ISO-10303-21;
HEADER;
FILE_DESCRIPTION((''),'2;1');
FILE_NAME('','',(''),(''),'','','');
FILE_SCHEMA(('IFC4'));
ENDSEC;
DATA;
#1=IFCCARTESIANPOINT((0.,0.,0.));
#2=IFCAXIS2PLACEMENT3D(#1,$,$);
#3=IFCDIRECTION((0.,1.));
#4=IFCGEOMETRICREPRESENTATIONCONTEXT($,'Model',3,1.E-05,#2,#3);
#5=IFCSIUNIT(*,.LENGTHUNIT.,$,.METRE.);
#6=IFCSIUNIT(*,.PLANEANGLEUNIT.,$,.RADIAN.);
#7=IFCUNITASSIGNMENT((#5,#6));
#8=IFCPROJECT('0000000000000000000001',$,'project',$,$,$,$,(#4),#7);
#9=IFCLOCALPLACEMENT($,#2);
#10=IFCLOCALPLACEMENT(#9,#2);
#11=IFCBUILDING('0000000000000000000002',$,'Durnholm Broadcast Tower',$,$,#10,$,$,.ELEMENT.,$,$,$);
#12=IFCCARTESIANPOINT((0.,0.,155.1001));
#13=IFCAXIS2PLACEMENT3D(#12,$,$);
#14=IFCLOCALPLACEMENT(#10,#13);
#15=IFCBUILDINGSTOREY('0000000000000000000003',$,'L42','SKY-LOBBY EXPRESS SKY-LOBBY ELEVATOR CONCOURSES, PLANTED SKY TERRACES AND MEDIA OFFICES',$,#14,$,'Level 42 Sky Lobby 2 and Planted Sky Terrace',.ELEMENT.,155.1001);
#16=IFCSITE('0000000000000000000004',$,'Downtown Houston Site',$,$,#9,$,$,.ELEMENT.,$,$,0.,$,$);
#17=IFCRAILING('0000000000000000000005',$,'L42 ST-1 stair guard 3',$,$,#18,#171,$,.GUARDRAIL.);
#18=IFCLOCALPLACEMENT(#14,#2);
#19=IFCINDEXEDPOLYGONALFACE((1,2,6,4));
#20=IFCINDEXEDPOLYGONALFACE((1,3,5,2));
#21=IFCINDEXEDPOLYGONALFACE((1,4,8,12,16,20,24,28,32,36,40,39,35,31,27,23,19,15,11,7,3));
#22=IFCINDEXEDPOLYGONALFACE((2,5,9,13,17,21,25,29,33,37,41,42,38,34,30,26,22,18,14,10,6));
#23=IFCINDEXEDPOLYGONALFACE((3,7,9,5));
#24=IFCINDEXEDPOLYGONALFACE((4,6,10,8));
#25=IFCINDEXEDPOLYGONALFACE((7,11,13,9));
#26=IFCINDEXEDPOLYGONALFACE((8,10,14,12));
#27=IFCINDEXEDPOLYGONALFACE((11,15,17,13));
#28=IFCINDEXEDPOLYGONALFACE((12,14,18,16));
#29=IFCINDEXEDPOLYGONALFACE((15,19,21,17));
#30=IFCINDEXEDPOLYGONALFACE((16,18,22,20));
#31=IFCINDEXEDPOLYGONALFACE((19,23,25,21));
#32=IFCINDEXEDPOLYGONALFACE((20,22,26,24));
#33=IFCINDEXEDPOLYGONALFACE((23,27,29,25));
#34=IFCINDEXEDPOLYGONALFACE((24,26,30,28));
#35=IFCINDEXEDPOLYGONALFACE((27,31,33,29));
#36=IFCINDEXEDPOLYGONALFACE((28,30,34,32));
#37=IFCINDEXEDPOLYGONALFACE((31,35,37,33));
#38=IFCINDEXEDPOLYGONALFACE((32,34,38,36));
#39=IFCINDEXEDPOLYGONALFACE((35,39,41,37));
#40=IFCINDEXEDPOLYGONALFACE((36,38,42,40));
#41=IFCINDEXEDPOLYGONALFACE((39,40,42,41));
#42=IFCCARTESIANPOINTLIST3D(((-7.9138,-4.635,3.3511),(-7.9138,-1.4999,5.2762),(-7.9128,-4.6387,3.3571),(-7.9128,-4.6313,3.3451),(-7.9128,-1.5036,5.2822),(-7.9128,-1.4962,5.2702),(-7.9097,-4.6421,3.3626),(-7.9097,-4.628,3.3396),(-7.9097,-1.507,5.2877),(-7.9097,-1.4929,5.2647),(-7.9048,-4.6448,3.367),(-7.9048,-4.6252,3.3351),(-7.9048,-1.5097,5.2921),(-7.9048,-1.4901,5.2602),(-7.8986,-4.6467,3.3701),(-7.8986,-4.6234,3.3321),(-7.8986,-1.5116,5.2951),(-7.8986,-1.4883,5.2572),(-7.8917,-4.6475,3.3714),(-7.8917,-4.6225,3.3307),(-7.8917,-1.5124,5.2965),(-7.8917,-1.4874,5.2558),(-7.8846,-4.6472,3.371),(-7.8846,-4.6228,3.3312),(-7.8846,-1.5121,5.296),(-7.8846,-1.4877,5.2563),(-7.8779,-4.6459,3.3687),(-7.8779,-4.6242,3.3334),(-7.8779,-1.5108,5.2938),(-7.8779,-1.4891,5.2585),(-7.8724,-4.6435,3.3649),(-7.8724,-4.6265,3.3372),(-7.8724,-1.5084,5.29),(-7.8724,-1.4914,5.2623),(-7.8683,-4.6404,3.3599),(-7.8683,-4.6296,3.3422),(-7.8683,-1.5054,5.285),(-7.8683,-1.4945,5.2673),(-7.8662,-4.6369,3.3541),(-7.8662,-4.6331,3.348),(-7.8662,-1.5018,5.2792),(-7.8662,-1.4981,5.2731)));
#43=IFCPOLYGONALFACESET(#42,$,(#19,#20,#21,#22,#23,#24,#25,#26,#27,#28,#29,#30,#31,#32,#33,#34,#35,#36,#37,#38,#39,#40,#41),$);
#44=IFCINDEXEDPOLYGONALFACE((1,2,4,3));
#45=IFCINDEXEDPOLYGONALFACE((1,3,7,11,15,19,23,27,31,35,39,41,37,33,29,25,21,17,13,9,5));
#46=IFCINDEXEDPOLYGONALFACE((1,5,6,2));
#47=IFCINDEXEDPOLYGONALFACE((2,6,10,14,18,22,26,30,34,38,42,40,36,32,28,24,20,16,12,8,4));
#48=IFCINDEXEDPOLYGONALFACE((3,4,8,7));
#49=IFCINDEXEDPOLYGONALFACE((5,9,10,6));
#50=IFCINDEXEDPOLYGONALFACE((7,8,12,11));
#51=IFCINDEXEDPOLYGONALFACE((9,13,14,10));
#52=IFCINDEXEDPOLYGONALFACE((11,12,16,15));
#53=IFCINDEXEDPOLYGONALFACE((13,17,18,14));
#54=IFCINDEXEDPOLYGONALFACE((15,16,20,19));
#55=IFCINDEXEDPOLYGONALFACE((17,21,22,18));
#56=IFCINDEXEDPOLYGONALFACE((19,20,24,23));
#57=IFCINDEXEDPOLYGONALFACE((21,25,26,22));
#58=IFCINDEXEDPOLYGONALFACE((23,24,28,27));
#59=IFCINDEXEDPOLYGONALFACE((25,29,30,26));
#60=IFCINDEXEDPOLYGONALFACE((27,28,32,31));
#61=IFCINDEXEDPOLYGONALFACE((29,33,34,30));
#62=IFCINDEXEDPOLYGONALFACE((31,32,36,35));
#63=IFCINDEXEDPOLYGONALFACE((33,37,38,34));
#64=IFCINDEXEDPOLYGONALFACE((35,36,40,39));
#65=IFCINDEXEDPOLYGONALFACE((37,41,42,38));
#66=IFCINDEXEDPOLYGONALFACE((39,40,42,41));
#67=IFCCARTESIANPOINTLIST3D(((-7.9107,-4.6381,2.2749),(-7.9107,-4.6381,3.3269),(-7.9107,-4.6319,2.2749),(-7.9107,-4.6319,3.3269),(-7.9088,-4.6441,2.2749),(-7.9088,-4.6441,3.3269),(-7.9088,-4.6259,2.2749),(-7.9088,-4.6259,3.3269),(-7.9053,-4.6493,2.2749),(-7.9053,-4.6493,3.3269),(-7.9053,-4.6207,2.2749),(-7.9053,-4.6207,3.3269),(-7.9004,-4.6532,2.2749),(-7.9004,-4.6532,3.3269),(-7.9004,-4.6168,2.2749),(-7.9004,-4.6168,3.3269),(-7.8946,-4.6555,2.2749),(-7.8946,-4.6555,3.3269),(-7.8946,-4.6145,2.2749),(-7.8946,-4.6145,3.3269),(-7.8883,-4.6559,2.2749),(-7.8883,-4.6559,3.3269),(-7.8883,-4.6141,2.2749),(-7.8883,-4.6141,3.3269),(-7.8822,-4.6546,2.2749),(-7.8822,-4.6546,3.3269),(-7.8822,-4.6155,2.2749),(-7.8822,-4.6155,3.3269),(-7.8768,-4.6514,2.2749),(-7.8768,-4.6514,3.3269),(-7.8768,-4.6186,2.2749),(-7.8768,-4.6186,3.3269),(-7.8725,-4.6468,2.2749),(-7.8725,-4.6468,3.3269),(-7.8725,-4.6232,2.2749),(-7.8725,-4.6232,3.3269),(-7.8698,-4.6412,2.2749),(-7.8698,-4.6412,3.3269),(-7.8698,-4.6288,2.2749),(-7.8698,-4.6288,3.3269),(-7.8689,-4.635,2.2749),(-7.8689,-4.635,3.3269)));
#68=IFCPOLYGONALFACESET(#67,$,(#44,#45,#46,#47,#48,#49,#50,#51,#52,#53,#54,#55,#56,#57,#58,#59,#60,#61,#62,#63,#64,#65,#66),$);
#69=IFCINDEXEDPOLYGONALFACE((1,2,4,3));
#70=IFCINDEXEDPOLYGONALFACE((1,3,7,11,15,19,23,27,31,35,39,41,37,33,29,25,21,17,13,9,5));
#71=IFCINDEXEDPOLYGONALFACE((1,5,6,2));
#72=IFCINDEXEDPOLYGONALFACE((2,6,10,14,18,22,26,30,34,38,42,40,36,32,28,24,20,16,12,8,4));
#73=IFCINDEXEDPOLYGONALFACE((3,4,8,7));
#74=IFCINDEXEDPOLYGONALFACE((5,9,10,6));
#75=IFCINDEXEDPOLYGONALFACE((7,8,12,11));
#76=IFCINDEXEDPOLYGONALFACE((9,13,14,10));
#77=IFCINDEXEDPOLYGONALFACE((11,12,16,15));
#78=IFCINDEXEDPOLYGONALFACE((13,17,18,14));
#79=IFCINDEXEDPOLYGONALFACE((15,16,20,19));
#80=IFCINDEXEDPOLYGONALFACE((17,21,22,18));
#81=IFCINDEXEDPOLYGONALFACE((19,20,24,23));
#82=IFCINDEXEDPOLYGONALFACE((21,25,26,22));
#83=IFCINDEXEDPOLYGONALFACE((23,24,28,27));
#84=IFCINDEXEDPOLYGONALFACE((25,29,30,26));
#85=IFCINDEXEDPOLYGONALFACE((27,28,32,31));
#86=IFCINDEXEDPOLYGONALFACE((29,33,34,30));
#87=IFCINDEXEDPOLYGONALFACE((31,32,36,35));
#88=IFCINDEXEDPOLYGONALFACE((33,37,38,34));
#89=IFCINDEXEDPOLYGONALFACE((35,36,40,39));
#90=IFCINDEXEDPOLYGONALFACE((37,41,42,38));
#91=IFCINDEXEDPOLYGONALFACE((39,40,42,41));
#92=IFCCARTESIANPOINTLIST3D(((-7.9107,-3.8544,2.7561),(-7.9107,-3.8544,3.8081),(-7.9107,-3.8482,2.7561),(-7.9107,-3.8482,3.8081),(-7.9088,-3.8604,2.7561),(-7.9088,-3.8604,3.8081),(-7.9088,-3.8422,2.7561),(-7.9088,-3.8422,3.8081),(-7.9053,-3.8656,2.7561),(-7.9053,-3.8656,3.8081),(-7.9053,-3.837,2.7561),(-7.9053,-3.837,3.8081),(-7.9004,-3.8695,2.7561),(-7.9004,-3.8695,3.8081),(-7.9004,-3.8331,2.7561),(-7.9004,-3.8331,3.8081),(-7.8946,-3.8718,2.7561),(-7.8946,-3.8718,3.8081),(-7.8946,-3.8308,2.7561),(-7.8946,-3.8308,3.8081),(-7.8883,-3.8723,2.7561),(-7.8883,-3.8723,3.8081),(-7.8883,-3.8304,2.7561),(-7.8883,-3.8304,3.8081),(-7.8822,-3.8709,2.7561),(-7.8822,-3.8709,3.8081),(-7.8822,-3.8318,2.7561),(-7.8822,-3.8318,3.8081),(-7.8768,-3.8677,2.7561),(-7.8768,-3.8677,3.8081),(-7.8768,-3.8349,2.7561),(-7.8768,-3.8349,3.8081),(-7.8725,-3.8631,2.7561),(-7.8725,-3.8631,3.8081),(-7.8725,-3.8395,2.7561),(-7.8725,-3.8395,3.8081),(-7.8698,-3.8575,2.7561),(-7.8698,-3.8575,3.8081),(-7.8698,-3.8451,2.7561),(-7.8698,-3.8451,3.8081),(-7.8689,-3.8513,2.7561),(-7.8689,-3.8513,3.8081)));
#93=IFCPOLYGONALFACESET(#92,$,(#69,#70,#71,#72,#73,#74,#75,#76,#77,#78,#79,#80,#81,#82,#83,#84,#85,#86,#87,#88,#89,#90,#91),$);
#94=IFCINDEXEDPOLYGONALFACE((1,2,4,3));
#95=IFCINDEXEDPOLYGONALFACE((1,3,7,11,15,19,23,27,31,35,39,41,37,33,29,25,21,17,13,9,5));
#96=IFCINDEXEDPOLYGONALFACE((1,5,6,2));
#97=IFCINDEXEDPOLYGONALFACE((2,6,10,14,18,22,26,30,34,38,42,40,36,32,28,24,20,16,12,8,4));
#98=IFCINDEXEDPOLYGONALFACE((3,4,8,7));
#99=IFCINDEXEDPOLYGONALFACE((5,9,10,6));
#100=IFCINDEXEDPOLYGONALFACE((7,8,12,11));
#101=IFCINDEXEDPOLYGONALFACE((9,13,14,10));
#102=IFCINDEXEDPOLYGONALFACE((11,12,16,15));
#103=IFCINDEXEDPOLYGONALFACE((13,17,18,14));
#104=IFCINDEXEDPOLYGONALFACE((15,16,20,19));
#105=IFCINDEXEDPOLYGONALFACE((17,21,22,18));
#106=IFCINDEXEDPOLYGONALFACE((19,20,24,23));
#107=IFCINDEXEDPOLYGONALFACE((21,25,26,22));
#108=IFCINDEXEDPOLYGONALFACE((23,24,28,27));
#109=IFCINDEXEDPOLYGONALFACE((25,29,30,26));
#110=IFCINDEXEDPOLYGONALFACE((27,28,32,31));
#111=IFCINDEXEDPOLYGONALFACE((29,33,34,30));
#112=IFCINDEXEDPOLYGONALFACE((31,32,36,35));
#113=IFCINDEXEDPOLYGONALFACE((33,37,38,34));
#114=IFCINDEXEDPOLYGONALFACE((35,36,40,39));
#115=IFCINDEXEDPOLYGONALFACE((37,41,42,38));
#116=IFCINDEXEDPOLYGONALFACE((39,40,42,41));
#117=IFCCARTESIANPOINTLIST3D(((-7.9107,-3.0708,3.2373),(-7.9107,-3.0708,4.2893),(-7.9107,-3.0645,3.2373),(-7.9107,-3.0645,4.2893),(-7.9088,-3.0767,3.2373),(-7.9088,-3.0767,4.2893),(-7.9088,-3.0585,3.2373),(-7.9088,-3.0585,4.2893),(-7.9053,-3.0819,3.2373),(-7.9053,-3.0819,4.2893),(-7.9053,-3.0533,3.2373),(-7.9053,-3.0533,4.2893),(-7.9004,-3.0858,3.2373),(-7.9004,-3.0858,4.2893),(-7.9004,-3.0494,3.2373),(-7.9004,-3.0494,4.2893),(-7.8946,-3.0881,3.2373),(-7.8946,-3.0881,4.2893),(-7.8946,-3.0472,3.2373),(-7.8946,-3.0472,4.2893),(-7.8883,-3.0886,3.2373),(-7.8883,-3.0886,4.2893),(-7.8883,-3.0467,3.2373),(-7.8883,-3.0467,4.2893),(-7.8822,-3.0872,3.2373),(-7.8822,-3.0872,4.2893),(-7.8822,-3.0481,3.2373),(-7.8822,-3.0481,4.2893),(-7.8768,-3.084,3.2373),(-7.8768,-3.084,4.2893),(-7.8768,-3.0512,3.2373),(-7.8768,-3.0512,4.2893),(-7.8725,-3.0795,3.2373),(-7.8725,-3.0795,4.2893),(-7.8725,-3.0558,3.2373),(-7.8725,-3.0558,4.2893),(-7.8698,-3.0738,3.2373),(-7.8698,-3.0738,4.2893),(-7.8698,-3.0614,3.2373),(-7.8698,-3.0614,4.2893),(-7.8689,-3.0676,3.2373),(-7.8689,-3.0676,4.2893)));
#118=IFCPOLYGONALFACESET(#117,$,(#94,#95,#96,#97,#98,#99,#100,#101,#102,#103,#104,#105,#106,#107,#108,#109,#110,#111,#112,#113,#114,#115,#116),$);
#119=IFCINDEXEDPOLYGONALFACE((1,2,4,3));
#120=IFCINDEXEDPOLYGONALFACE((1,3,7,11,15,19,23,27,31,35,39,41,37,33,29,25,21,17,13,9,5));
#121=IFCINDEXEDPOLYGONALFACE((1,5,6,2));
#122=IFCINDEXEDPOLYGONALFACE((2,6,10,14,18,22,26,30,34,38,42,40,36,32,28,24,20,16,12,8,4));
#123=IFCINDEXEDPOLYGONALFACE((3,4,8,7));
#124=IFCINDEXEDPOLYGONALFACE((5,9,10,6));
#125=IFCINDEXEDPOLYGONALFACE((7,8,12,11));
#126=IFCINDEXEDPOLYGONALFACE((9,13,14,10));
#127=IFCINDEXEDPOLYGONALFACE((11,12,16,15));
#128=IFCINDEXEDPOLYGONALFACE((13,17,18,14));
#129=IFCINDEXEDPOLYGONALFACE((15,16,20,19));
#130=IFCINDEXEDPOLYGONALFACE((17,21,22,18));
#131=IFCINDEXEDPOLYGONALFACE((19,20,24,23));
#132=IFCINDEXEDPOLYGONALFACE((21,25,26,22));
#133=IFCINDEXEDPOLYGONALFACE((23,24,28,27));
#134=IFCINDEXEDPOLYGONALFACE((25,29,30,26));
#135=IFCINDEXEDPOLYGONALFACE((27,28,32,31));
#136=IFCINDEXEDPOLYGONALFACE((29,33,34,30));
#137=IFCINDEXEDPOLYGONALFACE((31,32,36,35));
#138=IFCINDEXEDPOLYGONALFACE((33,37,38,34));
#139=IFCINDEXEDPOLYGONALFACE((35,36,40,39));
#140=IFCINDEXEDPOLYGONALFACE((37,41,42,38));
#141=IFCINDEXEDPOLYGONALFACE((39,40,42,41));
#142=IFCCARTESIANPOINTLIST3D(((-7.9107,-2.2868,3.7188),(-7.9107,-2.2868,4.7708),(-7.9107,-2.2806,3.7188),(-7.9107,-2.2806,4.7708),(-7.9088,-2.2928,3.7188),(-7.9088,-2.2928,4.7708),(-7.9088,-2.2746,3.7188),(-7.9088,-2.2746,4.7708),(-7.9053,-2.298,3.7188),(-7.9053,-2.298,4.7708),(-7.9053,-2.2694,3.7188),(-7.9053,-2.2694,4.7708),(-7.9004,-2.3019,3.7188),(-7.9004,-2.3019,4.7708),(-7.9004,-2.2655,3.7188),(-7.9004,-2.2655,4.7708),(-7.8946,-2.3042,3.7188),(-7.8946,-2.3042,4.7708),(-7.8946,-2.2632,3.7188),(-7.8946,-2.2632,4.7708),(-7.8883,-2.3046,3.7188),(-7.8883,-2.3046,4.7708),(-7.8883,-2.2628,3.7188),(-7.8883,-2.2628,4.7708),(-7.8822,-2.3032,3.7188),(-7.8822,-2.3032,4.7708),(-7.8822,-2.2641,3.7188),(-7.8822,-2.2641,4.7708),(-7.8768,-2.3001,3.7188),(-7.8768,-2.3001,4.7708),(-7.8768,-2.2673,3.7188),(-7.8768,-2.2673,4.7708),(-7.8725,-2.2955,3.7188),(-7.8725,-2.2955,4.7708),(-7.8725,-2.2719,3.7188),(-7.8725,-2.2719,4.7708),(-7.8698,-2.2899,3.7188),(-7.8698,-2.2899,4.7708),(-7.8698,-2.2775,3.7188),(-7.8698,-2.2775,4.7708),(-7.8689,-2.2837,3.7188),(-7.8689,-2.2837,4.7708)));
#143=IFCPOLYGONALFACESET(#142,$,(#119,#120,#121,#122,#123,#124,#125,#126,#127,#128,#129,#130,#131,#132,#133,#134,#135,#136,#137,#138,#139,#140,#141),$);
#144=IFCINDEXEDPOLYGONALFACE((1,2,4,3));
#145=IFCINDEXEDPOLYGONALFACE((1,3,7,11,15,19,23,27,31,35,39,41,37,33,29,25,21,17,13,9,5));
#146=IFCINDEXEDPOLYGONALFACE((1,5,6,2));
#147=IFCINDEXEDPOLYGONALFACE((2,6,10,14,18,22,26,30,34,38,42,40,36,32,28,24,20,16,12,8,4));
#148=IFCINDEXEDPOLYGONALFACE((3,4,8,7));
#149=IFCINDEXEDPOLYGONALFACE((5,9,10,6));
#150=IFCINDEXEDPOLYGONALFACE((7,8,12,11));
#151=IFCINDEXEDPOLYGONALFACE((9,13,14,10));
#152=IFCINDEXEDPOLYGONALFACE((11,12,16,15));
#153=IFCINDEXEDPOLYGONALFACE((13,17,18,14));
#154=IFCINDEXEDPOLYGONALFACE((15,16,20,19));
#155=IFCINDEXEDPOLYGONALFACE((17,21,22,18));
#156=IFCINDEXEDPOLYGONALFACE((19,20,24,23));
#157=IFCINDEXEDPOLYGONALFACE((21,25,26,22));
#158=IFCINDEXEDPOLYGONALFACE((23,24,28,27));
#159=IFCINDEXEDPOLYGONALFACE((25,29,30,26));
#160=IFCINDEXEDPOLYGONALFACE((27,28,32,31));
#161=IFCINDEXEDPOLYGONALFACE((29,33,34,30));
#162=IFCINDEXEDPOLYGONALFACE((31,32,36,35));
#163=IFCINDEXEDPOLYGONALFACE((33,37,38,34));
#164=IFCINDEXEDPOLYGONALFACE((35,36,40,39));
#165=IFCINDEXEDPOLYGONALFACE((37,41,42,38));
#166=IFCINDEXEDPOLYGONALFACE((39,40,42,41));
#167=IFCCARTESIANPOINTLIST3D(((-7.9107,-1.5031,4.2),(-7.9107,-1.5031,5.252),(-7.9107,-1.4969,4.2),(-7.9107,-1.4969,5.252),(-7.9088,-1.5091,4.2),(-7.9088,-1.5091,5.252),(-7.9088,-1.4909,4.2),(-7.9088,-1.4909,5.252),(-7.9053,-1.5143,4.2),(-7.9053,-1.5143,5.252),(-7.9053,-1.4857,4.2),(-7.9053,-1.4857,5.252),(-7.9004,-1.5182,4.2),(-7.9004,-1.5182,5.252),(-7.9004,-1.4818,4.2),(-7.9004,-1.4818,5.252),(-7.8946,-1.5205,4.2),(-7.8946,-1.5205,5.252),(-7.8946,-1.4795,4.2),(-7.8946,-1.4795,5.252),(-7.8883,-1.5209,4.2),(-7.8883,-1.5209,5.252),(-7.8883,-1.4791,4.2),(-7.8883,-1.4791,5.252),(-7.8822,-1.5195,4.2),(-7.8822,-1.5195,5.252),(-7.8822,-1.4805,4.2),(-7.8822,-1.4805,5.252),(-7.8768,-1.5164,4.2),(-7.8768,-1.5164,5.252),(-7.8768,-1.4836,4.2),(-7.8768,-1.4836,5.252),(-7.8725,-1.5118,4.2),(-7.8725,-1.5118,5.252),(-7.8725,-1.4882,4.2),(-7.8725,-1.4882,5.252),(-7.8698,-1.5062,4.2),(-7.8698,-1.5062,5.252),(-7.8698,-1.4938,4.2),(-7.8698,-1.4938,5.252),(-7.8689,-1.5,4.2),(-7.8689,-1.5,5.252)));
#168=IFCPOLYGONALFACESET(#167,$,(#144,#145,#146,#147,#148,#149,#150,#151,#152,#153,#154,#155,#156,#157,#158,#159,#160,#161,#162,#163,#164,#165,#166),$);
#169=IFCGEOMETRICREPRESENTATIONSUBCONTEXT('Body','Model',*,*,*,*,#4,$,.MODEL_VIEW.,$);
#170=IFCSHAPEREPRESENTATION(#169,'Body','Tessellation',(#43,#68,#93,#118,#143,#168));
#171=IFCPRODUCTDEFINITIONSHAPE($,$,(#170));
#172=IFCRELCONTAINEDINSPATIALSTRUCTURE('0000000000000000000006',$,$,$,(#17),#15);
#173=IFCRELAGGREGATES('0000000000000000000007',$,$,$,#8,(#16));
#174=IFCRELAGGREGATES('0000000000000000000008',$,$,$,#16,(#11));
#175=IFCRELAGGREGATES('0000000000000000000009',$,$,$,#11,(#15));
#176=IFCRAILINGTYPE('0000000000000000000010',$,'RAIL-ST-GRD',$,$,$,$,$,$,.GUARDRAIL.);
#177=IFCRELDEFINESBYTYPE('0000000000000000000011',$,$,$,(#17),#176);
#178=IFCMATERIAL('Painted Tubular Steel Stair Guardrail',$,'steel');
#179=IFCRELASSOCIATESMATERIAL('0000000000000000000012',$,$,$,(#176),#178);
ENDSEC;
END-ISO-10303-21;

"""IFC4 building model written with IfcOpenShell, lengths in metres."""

from ifc_helpers import new_model, si_unit, direction, frame, origin, origin_2d, place, context, subcontext, project, spatial, circle, extrude, material, type_object, element, save


model = new_model("IFC4")

# Units and contexts
model_context = context("Model", 3, precision=1e-05, world=origin(), true_north=direction((0.0, 1.0)))
body_context = subcontext(model_context, "Body", "Model", "MODEL_VIEW")
ifc_project = project(units=[si_unit("LENGTHUNIT", "METRE"), si_unit("PLANEANGLEUNIT", "RADIAN")], contexts=[model_context])

# Site, building, storey
site_placement = place(None, origin())
site = spatial("IfcSite", under=ifc_project, at=site_placement, Name="Downtown Houston Site", CompositionType="ELEMENT", RefElevation=0.0)
building_placement = place(site_placement, origin())
building = spatial("IfcBuilding", under=site, at=building_placement, Name="Durnholm Broadcast Tower", CompositionType="ELEMENT")
storey_placement = place(building_placement, frame((0.0, 0.0, 155.1001)))
storey = spatial("IfcBuildingStorey", under=building, at=storey_placement, Name="L42", Description="SKY-LOBBY EXPRESS SKY-LOBBY ELEVATOR CONCOURSES, PLANTED SKY TERRACES AND MEDIA OFFICES", LongName="Level 42 Sky Lobby 2 and Planted Sky Terrace", CompositionType="ELEMENT", Elevation=155.1001)

# Railing
ifc_material_1 = material(Name="Painted Tubular Steel Stair Guardrail", Category="steel")
railing_type_1 = type_object("IfcRailingType", Name="RAIL-ST-GRD", PredefinedType="GUARDRAIL", material=ifc_material_1)
railing_1_placement = place(storey_placement, frame((-7.8899, -4.635, 2.2749)))
element("IfcRailing", 1, at=railing_1_placement, inside=storey, type_object=railing_type_1, Name="L42 ST-1 stair guard 3", PredefinedType="GUARDRAIL", context=body_context, shape_type="SweptSolid", body=[
    extrude(circle(Radius=0.0239, at=origin_2d()), frame((0.0, 0.0, 1.0762), z_axis=(0.0, 0.852166, 0.523271), x_axis=(-1.0, 0.0, 0.0)), (0.0, 0.0, 1.0), 3.679),
    extrude(circle(Radius=0.021, at=origin_2d()), origin(), (0.0, 0.0, 1.0), 1.052),
    extrude(circle(Radius=0.021, at=origin_2d()), frame((0.0, 0.7837, 0.4812)), (0.0, 0.0, 1.0), 1.052),
    extrude(circle(Radius=0.021, at=origin_2d()), frame((0.0, 1.5674, 0.9624)), (0.0, 0.0, 1.0), 1.052),
    extrude(circle(Radius=0.021, at=origin_2d()), frame((0.0, 2.3513, 1.4438)), (0.0, 0.0, 1.0), 1.052),
    extrude(circle(Radius=0.021, at=origin_2d()), frame((0.0, 3.135, 1.925)), (0.0, 0.0, 1.0), 1.052),
])

save(model, "model.ifc")
